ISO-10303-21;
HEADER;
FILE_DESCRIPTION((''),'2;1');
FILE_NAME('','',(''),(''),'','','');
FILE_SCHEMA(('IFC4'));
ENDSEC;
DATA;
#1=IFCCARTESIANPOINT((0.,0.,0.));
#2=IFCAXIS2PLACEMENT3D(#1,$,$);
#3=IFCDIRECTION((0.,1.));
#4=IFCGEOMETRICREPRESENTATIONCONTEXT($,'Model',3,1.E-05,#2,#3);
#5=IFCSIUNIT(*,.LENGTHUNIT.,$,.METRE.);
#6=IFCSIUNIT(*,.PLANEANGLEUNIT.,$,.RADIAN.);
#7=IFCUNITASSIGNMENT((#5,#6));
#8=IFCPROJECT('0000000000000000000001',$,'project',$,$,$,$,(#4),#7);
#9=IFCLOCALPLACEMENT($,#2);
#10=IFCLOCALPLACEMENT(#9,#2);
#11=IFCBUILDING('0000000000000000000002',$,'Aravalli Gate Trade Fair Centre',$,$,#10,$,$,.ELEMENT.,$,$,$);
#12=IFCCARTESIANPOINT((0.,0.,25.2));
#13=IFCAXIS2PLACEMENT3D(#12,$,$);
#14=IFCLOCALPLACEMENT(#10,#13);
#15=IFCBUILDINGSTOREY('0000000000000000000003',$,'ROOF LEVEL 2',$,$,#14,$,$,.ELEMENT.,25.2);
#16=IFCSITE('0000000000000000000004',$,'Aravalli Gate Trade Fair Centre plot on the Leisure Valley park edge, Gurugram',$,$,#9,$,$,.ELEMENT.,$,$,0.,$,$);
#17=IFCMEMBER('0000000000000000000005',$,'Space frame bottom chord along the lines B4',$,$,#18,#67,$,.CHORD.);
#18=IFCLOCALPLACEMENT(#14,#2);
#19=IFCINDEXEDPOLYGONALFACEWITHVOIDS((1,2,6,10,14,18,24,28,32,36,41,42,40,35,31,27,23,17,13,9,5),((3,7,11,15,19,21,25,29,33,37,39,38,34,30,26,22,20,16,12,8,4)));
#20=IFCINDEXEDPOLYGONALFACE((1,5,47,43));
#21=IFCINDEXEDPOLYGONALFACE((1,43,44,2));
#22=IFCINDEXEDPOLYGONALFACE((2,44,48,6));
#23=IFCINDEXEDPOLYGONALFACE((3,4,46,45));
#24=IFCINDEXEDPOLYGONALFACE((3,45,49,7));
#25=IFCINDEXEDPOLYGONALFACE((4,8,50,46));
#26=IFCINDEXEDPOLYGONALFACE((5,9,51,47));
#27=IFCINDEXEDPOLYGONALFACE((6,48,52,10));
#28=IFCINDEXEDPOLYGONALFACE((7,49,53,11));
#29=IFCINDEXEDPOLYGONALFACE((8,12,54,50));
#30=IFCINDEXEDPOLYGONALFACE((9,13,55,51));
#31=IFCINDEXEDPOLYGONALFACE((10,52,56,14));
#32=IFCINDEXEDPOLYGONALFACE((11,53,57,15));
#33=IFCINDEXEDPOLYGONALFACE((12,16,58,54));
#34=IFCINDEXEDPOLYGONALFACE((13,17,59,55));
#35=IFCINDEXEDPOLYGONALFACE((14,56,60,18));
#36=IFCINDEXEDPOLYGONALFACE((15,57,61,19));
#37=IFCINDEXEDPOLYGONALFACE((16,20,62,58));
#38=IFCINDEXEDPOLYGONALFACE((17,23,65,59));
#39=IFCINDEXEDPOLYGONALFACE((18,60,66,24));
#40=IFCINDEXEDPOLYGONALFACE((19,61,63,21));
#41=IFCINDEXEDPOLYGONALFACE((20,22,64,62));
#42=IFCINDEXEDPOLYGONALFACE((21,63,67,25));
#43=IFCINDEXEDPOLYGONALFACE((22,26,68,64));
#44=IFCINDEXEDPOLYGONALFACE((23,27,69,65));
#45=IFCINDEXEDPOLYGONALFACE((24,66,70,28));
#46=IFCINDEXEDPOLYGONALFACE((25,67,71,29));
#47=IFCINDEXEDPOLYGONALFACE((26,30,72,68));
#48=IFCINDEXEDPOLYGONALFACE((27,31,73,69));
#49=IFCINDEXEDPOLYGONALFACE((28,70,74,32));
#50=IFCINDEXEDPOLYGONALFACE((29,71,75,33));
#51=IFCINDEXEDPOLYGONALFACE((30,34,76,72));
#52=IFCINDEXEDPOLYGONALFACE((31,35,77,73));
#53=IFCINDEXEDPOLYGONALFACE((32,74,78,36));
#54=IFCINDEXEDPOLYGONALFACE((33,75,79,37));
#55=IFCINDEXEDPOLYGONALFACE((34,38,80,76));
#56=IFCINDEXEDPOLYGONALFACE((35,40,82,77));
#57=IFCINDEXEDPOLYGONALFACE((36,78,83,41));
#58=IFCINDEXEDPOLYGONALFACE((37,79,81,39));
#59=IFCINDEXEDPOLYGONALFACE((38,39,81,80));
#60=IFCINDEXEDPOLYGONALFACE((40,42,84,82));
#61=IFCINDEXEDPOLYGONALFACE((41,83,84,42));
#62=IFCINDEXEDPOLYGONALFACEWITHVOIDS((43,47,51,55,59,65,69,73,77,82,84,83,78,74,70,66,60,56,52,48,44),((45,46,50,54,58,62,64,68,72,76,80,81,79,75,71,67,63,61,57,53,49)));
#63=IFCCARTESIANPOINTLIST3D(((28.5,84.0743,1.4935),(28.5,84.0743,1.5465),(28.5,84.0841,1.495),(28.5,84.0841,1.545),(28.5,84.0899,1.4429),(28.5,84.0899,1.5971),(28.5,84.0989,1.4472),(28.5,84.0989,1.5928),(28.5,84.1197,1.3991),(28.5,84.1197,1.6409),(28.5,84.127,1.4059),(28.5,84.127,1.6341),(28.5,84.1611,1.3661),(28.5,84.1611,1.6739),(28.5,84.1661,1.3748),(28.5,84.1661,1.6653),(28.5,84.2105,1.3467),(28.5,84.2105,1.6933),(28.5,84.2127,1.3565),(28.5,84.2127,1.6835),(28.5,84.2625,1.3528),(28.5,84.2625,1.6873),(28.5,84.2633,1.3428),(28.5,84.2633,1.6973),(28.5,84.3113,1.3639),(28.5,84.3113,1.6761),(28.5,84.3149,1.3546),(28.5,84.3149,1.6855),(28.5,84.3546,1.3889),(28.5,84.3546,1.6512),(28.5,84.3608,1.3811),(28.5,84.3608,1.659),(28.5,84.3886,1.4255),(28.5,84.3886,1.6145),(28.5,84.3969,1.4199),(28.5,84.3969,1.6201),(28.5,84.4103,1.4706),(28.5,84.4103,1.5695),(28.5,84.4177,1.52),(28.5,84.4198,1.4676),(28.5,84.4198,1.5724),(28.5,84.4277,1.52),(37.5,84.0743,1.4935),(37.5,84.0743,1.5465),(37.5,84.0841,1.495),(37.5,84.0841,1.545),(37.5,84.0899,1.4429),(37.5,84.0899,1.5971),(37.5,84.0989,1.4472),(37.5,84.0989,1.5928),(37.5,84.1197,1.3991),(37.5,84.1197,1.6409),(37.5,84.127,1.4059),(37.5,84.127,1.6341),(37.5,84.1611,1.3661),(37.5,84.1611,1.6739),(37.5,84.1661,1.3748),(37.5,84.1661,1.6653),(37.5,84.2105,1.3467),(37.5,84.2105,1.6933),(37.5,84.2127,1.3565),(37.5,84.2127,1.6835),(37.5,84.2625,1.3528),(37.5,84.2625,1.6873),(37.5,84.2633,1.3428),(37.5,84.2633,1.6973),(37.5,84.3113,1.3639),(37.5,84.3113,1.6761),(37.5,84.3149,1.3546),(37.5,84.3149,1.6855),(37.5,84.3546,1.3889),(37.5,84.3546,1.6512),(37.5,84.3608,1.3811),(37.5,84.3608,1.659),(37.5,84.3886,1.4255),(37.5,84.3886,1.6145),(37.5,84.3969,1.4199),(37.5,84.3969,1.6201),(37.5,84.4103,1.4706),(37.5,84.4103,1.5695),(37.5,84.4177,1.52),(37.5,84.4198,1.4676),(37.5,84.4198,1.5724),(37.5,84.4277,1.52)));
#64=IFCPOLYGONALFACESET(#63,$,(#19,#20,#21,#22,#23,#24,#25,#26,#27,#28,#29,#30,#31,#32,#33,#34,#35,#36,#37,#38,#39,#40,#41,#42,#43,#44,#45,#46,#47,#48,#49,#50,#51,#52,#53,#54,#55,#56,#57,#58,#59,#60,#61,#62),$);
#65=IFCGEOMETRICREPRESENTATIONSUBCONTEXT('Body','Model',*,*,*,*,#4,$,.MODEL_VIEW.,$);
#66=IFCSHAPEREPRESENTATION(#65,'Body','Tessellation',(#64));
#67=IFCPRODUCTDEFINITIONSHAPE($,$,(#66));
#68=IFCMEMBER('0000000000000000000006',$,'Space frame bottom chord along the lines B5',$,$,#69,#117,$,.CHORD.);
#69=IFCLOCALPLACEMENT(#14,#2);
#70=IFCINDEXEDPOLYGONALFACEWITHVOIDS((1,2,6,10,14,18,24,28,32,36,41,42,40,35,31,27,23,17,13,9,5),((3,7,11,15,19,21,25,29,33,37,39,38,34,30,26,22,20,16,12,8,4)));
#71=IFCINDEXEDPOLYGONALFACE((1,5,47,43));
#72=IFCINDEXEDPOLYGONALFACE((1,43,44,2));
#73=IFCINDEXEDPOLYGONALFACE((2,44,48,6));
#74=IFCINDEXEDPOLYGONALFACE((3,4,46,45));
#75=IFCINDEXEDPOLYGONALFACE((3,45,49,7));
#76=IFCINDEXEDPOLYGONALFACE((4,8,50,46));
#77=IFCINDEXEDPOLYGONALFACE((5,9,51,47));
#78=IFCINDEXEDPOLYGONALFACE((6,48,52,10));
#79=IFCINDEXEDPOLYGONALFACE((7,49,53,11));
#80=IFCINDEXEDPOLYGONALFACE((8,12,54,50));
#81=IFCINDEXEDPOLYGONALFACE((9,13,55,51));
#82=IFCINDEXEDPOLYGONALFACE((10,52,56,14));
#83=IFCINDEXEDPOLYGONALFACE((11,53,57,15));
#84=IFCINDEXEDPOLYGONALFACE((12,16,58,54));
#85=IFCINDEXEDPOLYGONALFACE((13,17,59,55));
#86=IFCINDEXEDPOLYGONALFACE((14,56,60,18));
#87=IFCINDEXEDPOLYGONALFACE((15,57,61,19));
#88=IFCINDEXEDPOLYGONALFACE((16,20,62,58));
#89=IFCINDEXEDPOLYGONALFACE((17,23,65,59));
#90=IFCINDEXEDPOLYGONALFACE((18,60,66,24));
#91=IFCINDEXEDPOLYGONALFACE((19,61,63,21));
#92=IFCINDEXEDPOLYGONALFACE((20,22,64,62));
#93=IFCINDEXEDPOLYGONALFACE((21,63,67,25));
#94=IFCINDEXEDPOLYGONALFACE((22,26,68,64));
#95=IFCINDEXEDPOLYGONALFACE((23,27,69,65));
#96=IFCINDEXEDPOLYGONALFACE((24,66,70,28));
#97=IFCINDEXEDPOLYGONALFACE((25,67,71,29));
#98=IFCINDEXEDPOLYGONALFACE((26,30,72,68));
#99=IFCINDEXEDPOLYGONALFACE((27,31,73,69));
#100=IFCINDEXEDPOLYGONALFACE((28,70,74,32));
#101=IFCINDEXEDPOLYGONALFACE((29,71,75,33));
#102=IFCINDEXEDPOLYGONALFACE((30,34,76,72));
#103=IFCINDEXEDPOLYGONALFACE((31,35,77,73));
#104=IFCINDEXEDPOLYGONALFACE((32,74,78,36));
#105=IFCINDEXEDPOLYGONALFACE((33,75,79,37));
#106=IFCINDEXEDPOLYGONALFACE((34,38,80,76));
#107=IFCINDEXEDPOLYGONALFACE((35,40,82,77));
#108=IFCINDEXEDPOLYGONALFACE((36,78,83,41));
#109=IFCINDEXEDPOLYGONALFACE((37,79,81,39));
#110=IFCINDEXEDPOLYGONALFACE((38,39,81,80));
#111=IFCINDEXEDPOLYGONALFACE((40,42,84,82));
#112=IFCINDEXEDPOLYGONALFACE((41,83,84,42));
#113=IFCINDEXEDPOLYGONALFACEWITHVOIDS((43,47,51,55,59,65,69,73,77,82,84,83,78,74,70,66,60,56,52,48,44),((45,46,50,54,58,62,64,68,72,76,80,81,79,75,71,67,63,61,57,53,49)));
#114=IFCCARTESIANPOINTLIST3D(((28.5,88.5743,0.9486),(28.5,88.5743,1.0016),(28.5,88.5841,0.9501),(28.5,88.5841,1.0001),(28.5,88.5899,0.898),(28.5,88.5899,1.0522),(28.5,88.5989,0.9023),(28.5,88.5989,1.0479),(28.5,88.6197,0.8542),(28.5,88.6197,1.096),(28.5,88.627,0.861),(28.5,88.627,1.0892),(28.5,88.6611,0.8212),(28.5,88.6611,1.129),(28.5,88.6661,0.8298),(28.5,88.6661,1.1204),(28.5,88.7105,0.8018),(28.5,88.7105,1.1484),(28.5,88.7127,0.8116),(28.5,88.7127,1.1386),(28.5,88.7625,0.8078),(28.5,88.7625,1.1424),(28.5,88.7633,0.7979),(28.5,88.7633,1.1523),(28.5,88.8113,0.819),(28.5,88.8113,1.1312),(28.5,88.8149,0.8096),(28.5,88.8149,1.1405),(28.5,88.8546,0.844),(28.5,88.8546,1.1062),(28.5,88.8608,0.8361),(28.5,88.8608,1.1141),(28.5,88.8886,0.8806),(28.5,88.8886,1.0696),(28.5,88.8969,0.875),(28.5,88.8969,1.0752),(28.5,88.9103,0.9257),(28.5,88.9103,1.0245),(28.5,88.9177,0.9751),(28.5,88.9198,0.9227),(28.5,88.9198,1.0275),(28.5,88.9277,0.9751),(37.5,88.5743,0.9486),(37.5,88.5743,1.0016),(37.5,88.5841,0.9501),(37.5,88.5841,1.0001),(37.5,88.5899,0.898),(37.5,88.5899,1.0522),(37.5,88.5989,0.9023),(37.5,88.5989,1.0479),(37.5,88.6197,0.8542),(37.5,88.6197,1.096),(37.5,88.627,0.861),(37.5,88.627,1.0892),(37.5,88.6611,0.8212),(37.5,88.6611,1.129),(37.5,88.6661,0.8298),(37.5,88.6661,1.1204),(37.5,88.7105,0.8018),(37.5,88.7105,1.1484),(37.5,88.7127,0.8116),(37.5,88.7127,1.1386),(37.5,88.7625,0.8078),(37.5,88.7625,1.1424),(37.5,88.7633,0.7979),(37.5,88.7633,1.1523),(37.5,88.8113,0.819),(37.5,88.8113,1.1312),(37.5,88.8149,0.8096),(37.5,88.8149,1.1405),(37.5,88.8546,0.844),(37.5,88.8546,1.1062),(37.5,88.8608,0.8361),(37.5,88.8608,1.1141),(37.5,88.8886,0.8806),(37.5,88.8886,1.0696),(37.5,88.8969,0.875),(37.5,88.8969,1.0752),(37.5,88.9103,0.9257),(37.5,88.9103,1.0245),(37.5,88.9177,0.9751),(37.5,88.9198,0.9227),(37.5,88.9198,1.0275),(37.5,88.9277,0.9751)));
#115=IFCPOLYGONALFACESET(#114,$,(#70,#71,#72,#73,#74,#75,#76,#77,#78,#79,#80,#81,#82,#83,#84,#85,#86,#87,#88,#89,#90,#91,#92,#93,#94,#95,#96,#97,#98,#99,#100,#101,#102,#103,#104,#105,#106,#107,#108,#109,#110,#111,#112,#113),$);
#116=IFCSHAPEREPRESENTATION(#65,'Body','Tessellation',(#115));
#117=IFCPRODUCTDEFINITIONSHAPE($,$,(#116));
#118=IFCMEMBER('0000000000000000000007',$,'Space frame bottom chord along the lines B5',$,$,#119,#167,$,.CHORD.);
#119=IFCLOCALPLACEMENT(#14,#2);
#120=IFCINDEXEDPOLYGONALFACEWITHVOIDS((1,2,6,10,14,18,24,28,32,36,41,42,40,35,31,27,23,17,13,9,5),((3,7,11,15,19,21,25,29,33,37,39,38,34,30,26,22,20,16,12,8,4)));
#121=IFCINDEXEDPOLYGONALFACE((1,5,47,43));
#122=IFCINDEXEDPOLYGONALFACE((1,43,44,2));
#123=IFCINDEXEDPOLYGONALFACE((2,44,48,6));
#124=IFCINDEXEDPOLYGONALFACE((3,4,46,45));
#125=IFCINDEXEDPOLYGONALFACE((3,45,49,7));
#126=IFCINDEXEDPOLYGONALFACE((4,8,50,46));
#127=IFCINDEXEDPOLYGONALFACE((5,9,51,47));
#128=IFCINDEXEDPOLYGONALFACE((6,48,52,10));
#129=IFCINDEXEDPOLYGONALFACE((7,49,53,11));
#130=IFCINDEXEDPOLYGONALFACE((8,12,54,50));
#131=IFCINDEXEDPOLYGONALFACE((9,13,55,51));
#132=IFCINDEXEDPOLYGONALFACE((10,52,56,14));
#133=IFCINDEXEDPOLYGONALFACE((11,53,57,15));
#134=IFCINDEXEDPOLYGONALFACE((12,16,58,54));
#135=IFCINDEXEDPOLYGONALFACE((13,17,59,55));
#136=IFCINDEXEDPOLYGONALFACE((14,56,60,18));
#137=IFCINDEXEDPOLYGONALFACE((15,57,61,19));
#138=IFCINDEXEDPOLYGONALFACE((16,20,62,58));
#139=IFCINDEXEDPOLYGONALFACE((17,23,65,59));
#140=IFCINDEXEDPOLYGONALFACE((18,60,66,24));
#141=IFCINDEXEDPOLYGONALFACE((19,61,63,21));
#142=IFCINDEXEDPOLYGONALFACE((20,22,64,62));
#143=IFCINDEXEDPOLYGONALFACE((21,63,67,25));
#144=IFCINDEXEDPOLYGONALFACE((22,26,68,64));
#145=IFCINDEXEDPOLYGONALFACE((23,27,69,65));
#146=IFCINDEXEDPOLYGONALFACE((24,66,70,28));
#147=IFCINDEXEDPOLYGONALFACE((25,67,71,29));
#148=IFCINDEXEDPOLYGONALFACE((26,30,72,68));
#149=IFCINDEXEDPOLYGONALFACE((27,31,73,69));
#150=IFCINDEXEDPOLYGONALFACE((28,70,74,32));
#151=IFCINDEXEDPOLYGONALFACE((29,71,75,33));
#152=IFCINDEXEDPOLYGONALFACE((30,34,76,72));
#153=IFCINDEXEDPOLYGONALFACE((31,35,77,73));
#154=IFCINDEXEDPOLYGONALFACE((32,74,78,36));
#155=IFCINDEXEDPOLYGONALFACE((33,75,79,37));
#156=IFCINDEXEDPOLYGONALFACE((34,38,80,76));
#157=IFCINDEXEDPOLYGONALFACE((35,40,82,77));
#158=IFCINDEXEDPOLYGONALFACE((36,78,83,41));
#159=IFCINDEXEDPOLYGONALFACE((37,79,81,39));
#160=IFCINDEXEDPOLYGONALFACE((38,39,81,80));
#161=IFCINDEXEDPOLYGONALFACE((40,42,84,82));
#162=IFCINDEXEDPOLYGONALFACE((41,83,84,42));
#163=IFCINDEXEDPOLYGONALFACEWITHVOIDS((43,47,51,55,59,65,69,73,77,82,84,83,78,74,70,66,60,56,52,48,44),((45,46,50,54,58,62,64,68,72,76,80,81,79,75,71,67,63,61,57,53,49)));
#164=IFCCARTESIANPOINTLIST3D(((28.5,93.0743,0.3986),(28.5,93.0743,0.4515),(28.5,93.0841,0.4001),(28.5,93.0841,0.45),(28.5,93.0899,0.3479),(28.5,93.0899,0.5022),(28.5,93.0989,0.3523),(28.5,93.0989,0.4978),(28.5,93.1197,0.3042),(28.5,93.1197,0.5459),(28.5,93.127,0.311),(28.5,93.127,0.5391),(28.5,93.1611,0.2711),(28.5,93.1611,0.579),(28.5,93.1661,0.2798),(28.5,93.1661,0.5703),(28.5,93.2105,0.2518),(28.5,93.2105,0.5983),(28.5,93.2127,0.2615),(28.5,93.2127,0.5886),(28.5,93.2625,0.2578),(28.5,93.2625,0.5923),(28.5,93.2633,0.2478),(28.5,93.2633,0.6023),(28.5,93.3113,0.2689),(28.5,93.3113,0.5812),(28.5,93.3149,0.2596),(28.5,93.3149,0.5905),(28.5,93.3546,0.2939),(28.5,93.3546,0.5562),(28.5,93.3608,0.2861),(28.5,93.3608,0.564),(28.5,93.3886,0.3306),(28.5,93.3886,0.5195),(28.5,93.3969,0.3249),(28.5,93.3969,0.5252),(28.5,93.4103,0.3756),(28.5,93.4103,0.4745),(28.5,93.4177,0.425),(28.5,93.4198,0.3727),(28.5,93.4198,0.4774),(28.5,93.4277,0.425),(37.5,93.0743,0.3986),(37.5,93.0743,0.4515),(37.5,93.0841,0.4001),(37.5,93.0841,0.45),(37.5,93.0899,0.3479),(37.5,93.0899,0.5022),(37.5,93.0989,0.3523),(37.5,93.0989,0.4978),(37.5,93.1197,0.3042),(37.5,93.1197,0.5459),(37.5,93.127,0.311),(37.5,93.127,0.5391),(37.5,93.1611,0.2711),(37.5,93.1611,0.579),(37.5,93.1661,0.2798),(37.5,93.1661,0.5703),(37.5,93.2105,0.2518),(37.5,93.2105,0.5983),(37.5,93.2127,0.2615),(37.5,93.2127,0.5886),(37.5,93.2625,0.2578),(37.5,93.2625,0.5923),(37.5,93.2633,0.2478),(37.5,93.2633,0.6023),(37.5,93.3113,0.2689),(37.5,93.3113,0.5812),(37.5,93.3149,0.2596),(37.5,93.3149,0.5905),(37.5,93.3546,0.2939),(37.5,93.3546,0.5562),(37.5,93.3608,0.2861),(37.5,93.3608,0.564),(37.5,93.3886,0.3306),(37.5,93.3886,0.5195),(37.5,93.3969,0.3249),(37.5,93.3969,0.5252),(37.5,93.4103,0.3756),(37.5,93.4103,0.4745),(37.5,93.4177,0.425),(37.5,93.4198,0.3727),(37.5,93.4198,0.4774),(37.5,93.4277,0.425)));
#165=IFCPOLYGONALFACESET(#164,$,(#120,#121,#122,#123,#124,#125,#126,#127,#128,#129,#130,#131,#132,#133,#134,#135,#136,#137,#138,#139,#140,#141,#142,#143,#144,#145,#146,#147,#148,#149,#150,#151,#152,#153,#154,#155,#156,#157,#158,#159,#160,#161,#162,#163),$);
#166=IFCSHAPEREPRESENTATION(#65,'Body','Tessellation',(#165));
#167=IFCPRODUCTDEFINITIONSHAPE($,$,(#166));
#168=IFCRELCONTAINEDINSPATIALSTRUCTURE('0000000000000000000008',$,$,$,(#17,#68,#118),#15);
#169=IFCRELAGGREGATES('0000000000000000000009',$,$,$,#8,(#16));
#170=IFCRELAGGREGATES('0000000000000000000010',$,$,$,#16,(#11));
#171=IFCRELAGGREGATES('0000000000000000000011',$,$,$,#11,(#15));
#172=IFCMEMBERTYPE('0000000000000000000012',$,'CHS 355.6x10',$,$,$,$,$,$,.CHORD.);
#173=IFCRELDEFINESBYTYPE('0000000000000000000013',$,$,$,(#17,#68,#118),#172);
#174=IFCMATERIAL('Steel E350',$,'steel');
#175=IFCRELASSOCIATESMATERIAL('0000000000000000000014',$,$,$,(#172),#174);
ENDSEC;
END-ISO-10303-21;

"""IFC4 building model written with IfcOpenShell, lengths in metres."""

from ifc_helpers import new_model, si_unit, direction, frame, origin, origin_2d, place, context, subcontext, project, spatial, hollow_circle, extrude, material, material_profile, profile_set, type_object, element, save


model = new_model("IFC4")

# Units and contexts
model_context = context("Model", 3, precision=1e-05, world=origin(), true_north=direction((0.0, 1.0)))
body_context = subcontext(model_context, "Body", "Model", "MODEL_VIEW")
ifc_project = project(units=[si_unit("LENGTHUNIT", "METRE"), si_unit("PLANEANGLEUNIT", "RADIAN")], contexts=[model_context])

# Site, building, storey
site_placement = place(None, origin())
site = spatial("IfcSite", under=ifc_project, at=site_placement, Name="Aravalli Gate Trade Fair Centre plot on the Leisure Valley park edge, Gurugram", CompositionType="ELEMENT", RefElevation=0.0)
building_placement = place(site_placement, origin())
building = spatial("IfcBuilding", under=site, at=building_placement, Name="Aravalli Gate Trade Fair Centre", CompositionType="ELEMENT")
storey_placement = place(building_placement, frame((0.0, 0.0, 25.2)))
storey = spatial("IfcBuildingStorey", under=building, at=storey_placement, Name="ROOF LEVEL 2", CompositionType="ELEMENT", Elevation=25.2)

# Members
ifc_material_1 = material(Name="Steel E350", Category="steel")
ifc_material_profile_1 = material_profile(ifc_material_1, hollow_circle(Radius=0.1777, WallThickness=0.01, at=origin_2d()), Name="CHS 355.6x10")
ifc_profile_set_1 = profile_set([ifc_material_profile_1], Name="Steel E350")
member_type_1 = type_object("IfcMemberType", Name="CHS 355.6x10", PredefinedType="CHORD", material=ifc_profile_set_1)
for number, where, z_axis, x_axis, name in (
    (1, (28.5, 84.25, 1.52), (1.0, 0.0, 0.0), (0.0, 1.0, 0.0), "Space frame bottom chord along the lines B4"),
    (2, (28.5, 88.75, 0.9751), (1.0, 0.0, 0.0), (0.0, 1.0, 0.0), "Space frame bottom chord along the lines B5"),
    (3, (28.5, 93.25, 0.425), (1.0, 0.0, 0.0), (0.0, 1.0, 0.0), "Space frame bottom chord along the lines B5"),
):
    element("IfcMember", number, at=place(storey_placement, frame(where, z_axis=z_axis, x_axis=x_axis)), inside=storey, type_object=member_type_1, Name=name, PredefinedType="CHORD", context=body_context, shape_type="SweptSolid", body=[
        extrude(hollow_circle(Radius=0.1777, WallThickness=0.01, at=origin_2d()), origin(), (0.0, 0.0, 1.0), 9.0),
    ])

save(model, "model.ifc")
